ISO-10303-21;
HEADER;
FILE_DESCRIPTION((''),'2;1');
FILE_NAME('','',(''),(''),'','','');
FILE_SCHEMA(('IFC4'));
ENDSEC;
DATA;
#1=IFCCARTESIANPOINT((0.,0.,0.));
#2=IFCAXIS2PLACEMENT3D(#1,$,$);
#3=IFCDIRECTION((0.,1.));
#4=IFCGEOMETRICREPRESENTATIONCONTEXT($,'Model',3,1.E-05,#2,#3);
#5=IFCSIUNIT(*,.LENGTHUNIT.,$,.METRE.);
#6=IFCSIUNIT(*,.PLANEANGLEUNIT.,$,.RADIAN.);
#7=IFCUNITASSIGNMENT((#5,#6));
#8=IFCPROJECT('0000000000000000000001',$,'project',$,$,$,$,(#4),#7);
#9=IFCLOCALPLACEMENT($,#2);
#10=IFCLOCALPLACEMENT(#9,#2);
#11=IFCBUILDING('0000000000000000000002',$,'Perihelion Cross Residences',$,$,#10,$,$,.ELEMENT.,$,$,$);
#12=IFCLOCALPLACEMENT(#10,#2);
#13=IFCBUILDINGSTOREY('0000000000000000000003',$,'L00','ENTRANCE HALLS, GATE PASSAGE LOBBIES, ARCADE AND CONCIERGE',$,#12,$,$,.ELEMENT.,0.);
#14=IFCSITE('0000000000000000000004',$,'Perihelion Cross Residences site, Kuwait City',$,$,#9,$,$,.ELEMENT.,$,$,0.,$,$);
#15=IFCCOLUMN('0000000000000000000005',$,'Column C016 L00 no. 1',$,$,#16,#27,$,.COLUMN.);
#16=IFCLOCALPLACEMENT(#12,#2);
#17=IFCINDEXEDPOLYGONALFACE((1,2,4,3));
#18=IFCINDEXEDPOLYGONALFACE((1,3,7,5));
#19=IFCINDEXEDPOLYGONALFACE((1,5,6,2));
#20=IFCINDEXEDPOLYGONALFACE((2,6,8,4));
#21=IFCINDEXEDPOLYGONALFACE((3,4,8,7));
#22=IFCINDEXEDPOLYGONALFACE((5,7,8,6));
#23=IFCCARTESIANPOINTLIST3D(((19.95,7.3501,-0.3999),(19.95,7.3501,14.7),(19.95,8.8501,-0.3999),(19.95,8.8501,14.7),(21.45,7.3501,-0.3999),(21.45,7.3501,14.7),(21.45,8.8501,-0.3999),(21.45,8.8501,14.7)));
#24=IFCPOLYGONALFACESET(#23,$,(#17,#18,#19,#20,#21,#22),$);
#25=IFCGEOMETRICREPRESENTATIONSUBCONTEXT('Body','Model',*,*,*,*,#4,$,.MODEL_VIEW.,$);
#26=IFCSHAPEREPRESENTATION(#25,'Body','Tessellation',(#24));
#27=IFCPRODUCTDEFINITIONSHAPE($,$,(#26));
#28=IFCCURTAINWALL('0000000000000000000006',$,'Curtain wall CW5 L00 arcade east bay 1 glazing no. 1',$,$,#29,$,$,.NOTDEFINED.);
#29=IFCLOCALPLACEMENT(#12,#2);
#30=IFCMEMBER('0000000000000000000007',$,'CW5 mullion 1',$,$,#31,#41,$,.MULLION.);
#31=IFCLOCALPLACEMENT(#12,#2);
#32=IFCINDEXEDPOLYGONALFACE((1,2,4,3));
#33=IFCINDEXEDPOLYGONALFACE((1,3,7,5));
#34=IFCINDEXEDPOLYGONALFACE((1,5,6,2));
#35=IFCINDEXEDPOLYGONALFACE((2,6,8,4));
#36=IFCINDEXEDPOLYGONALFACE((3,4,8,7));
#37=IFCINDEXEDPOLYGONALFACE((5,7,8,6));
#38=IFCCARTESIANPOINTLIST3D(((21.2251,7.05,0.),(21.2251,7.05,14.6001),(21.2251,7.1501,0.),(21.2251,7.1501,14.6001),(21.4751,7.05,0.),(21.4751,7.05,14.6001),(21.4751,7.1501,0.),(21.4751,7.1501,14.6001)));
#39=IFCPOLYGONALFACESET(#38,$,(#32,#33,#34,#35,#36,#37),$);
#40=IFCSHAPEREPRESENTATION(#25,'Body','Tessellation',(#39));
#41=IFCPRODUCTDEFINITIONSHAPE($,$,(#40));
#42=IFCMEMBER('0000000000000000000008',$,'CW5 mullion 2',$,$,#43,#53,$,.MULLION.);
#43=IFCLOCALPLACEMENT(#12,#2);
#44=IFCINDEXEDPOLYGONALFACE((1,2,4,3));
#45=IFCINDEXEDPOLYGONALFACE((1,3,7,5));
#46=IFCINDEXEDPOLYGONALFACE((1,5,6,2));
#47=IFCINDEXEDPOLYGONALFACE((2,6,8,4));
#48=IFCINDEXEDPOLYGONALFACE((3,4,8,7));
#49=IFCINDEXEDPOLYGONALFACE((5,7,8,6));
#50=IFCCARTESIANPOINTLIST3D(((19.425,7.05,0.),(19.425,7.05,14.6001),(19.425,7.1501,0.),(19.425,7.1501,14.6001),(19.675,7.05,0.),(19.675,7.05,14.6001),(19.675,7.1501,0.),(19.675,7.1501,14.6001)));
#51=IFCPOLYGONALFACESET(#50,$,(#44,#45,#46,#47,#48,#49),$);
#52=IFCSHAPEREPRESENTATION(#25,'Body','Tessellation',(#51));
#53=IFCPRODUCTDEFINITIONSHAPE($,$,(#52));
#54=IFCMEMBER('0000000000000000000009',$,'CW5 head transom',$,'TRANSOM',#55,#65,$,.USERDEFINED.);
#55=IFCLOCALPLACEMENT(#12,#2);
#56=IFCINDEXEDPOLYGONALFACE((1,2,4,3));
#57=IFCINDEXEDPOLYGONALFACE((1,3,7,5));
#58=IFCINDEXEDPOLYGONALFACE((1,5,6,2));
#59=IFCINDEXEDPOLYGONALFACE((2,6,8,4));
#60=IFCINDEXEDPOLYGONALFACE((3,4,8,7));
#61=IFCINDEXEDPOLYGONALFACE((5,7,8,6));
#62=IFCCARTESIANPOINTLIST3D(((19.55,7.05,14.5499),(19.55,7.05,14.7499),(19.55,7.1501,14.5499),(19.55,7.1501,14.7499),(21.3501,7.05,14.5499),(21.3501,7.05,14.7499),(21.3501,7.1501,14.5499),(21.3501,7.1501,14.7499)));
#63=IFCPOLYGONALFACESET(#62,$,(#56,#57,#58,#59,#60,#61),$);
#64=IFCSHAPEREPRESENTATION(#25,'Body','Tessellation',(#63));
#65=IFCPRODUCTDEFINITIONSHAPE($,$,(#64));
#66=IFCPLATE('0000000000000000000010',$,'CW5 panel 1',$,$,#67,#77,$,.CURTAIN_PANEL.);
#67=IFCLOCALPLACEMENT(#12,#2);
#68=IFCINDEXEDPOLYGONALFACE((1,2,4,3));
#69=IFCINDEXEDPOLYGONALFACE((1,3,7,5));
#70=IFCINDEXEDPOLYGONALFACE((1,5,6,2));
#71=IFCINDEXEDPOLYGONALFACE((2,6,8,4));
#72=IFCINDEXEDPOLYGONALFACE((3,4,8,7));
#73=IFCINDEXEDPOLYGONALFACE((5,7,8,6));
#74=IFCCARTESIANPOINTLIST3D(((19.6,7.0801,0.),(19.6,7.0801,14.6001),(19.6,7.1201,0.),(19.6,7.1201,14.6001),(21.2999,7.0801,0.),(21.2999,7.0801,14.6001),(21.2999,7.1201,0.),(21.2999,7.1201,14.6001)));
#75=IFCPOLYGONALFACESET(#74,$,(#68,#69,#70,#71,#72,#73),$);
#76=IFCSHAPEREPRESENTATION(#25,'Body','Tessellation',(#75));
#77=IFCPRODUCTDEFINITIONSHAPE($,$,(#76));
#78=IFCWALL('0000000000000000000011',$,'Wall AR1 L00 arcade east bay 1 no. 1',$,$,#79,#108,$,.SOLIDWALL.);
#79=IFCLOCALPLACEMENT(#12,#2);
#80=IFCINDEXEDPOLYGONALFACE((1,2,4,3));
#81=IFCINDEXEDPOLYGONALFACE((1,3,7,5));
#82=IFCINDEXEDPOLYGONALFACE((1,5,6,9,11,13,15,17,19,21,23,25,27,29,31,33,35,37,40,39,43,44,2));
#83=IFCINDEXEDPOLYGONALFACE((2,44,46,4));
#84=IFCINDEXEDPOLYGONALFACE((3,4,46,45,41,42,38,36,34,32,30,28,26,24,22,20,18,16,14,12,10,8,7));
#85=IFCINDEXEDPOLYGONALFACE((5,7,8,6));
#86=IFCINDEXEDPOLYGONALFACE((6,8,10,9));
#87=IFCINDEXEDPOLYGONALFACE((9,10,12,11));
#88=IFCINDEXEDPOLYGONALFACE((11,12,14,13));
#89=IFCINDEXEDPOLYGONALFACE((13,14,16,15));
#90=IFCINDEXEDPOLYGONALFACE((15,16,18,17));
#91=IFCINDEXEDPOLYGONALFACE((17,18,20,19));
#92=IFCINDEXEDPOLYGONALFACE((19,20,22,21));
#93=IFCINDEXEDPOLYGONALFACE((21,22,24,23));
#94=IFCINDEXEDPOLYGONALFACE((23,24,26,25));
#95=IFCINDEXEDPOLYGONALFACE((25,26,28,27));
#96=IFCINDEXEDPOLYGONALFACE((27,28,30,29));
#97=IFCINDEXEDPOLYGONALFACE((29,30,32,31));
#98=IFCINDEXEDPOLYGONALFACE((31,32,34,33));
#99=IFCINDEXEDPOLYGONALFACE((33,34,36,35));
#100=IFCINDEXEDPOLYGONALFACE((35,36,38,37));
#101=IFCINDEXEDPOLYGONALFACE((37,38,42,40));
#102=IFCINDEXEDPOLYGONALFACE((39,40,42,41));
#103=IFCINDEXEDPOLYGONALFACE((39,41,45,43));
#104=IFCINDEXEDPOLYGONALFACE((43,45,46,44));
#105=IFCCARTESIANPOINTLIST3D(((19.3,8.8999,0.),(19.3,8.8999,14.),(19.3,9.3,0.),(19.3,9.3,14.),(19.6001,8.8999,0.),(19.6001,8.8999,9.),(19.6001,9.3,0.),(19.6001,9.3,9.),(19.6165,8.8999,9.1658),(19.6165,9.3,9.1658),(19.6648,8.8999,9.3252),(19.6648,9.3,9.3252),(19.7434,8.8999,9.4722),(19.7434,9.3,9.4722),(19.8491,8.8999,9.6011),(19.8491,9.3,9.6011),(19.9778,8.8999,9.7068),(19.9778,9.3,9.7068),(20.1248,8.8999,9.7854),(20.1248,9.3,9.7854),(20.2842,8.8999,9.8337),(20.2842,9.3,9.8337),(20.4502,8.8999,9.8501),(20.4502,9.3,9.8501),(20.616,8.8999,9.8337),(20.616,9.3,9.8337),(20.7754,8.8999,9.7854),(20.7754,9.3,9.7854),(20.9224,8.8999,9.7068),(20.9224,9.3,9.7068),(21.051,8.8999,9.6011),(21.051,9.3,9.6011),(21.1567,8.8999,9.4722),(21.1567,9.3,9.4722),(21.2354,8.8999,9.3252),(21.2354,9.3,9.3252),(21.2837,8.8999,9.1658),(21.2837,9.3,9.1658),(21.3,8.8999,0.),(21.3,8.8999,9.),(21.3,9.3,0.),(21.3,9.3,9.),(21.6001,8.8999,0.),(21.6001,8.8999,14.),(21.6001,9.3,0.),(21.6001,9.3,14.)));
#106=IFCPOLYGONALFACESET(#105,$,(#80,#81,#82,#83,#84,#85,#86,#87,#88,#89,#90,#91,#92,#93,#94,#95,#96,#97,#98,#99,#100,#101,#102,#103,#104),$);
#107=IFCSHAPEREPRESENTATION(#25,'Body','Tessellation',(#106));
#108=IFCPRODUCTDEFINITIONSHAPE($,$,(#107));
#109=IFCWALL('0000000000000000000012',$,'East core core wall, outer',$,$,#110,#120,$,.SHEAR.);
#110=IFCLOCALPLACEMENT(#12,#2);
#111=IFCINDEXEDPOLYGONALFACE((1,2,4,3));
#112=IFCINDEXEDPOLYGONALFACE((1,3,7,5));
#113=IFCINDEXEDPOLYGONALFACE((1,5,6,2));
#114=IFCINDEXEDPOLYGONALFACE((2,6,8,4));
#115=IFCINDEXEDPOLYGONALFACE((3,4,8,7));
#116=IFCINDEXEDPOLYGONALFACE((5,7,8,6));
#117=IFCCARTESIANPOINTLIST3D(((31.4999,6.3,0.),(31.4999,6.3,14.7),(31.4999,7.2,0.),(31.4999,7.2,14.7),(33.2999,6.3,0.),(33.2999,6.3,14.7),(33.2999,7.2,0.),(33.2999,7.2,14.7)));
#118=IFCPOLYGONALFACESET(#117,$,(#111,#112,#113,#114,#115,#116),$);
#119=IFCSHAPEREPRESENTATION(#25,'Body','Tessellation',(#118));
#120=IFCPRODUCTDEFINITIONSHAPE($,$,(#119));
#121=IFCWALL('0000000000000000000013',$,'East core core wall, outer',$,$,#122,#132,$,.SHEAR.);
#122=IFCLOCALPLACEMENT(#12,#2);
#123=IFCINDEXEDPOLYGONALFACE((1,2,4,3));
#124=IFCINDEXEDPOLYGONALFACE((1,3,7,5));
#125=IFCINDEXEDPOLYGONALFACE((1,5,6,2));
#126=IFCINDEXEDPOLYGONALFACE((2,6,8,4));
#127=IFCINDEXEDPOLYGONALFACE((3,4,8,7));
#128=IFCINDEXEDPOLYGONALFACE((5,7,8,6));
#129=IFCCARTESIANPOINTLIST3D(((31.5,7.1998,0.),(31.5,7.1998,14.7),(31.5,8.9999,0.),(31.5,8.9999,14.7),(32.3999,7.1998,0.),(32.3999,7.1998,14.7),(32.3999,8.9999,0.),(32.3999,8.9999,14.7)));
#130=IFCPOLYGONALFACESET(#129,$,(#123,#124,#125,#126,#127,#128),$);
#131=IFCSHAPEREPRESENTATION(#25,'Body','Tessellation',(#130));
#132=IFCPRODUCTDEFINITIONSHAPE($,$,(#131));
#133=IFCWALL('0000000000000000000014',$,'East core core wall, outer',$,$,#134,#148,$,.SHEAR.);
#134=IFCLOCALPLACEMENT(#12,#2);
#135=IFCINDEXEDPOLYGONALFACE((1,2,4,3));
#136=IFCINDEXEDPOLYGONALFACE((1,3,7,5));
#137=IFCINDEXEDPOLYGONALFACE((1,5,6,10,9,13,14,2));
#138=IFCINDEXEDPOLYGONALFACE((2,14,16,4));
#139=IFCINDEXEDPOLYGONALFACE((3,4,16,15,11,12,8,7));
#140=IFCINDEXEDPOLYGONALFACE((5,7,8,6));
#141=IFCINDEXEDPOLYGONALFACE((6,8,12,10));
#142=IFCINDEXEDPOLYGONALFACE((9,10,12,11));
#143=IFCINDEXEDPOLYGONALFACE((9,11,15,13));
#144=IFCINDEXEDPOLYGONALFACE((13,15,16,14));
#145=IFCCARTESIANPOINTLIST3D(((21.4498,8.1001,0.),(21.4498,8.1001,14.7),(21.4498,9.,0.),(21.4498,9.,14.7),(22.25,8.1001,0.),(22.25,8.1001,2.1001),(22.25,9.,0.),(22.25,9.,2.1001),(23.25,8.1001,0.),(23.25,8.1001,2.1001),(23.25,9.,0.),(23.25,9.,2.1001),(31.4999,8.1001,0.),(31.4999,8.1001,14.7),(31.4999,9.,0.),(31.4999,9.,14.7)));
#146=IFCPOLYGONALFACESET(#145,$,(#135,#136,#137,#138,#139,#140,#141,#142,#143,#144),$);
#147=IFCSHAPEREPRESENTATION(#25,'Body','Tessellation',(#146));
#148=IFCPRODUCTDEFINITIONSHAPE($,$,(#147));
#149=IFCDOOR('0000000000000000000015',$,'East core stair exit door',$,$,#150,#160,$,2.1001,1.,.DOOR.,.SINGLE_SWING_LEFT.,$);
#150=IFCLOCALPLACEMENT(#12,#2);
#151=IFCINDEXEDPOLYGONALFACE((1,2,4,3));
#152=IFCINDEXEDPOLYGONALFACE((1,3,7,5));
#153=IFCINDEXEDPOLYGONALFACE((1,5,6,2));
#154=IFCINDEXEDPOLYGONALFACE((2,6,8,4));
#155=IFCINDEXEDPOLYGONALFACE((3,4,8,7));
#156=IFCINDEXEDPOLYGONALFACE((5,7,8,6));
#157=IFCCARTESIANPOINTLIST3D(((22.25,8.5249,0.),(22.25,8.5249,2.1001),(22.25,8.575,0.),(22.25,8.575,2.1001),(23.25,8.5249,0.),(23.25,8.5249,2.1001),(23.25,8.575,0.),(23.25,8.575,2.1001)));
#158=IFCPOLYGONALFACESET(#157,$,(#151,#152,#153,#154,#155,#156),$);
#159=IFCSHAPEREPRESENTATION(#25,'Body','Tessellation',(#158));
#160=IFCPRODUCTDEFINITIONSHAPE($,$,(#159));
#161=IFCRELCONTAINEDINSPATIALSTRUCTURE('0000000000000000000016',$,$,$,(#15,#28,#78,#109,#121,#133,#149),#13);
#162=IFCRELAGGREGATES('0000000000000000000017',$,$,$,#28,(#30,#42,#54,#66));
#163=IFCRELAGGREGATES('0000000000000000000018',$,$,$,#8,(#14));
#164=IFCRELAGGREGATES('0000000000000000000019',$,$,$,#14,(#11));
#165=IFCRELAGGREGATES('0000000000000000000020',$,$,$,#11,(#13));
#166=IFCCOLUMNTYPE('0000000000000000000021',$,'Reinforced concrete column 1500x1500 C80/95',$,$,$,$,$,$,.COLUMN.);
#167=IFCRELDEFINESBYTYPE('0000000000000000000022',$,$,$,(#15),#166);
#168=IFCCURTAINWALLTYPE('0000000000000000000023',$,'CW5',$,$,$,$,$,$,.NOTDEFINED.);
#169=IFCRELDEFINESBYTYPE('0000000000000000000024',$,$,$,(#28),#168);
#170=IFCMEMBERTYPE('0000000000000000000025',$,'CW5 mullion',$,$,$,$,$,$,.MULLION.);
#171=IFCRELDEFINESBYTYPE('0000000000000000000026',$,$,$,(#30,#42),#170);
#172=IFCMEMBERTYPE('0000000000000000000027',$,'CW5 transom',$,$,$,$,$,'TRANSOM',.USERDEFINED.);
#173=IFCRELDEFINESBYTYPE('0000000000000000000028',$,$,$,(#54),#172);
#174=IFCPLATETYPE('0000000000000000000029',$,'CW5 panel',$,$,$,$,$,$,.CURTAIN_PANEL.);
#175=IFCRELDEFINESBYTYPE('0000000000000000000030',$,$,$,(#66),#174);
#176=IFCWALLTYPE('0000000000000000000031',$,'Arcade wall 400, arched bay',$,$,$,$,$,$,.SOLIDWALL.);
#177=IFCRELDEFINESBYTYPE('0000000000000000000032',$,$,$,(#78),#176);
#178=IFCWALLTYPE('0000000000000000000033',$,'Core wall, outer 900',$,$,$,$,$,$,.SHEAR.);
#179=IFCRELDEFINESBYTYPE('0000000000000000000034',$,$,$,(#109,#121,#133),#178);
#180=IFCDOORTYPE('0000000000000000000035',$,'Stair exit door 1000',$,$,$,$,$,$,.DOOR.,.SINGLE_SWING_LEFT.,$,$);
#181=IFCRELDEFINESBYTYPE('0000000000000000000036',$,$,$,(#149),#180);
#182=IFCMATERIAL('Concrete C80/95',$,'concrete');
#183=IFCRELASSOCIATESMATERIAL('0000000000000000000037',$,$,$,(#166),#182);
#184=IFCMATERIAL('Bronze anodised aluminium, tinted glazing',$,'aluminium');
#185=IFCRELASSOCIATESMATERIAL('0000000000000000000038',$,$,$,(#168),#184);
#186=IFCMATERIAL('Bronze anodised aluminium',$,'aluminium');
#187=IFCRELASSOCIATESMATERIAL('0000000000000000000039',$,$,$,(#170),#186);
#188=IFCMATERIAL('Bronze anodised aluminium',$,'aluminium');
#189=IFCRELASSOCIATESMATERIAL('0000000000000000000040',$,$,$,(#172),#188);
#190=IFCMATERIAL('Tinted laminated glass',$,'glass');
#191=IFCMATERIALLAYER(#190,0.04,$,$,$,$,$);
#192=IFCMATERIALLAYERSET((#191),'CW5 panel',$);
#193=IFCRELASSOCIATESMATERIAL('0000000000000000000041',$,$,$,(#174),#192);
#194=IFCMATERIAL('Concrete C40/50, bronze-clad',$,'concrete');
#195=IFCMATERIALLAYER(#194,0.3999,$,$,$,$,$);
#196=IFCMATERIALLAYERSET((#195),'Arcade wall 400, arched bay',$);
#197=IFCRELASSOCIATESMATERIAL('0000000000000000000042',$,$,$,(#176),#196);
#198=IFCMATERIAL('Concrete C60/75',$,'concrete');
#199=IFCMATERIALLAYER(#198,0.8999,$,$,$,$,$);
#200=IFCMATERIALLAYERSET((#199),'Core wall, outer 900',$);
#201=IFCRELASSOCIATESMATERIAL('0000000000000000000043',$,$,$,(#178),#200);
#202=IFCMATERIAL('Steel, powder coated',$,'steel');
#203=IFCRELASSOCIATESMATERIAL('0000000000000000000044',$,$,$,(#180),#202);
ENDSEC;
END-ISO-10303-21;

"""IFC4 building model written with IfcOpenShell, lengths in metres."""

from ifc_helpers import new_model, si_unit, direction, frame, frame_2d, origin, origin_2d, place, context, subcontext, project, spatial, polyline, rectangle, outline, extrude, material, layer, layer_set, material_profile, profile_set, type_object, element, fill, aggregate, save


model = new_model("IFC4")

# Units and contexts
model_context = context("Model", 3, precision=1e-05, world=origin(), true_north=direction((0.0, 1.0)))
body_context = subcontext(model_context, "Body", "Model", "MODEL_VIEW")
ifc_project = project(units=[si_unit("LENGTHUNIT", "METRE"), si_unit("PLANEANGLEUNIT", "RADIAN")], contexts=[model_context])

# Site, building, storey
site_placement = place(None, origin())
site = spatial("IfcSite", under=ifc_project, at=site_placement, Name="Perihelion Cross Residences site, Kuwait City", CompositionType="ELEMENT", RefElevation=0.0)
building_placement = place(site_placement, origin())
building = spatial("IfcBuilding", under=site, at=building_placement, Name="Perihelion Cross Residences", CompositionType="ELEMENT")
storey_placement = place(building_placement, origin())
storey = spatial("IfcBuildingStorey", under=building, at=storey_placement, Name="L00", Description="ENTRANCE HALLS, GATE PASSAGE LOBBIES, ARCADE AND CONCIERGE", CompositionType="ELEMENT", Elevation=0.0)

# Column
ifc_material_1 = material(Name="Concrete C80/95", Category="concrete")
ifc_material_profile_1 = material_profile(ifc_material_1, rectangle(XDim=1.5, YDim=1.5, at=origin_2d()), Name="RC 1500x1500")
ifc_profile_set_1 = profile_set([ifc_material_profile_1], Name="Concrete C80/95")
column_type = type_object("IfcColumnType", Name="Reinforced concrete column 1500x1500 C80/95", PredefinedType="COLUMN", material=ifc_profile_set_1)
column_placement = place(storey_placement, frame((20.7, 8.1001, -0.3999), z_axis=(0.0, 0.0, 1.0), x_axis=(1.0, 0.0, 0.0)))
element("IfcColumn", 1, at=column_placement, inside=storey, type_object=column_type, Name="Column C016 L00 no. 1", PredefinedType="COLUMN", context=body_context, shape_type="SweptSolid", body=[
    extrude(rectangle(XDim=1.5, YDim=1.5, at=origin_2d()), origin(), (0.0, 0.0, 1.0), 15.0999),
])

# Curtain wall, members, plate
ifc_material_2 = material(Name="Bronze anodised aluminium, tinted glazing", Category="aluminium")
curtain_wall_type = type_object("IfcCurtainWallType", Name="CW5", PredefinedType="NOTDEFINED", material=ifc_material_2)
curtain_wall_placement = place(storey_placement, origin())
curtain_wall = element("IfcCurtainWall", 2, at=curtain_wall_placement, inside=storey, type_object=curtain_wall_type, Name="Curtain wall CW5 L00 arcade east bay 1 glazing no. 1", PredefinedType="NOTDEFINED")
ifc_material_3 = material(Name="Bronze anodised aluminium", Category="aluminium")
ifc_material_profile_2 = material_profile(ifc_material_3, rectangle(XDim=0.1001, YDim=0.25, at=origin_2d()), Name="CW5 mullion")
ifc_profile_set_2 = profile_set([ifc_material_profile_2], Name="Bronze anodised aluminium")
member_type_1 = type_object("IfcMemberType", Name="CW5 mullion", PredefinedType="MULLION", material=ifc_profile_set_2)
member_1_placement = place(storey_placement, frame((21.3501, 7.1001, 0.0), z_axis=(0.0, 0.0, 1.0), x_axis=(0.0, -1.0, 0.0)))
member_1 = element("IfcMember", 3, at=member_1_placement, type_object=member_type_1, Name="CW5 mullion 1", PredefinedType="MULLION", context=body_context, shape_type="SweptSolid", body=[
    extrude(rectangle(XDim=0.1001, YDim=0.25, at=origin_2d()), origin(), (0.0, 0.0, 1.0), 14.6001),
])
member_2_placement = place(storey_placement, frame((19.55, 7.1001, 0.0), z_axis=(0.0, 0.0, 1.0), x_axis=(0.0, -1.0, 0.0)))
member_2 = element("IfcMember", 4, at=member_2_placement, type_object=member_type_1, Name="CW5 mullion 2", PredefinedType="MULLION", context=body_context, shape_type="SweptSolid", body=[
    extrude(rectangle(XDim=0.1001, YDim=0.25, at=origin_2d()), origin(), (0.0, 0.0, 1.0), 14.6001),
])
ifc_material_4 = material(Name="Bronze anodised aluminium", Category="aluminium")
ifc_material_profile_3 = material_profile(ifc_material_4, rectangle(XDim=0.1001, YDim=0.2, at=origin_2d()), Name="CW5 transom")
ifc_profile_set_3 = profile_set([ifc_material_profile_3], Name="Bronze anodised aluminium")
member_type_2 = type_object("IfcMemberType", Name="CW5 transom", ElementType="TRANSOM", PredefinedType="USERDEFINED", material=ifc_profile_set_3)
member_3_placement = place(storey_placement, frame((21.3501, 7.1001, 14.6499), z_axis=(-1.0, 0.0, 0.0), x_axis=(0.0, -1.0, 0.0)))
member_3 = element("IfcMember", 5, at=member_3_placement, type_object=member_type_2, Name="CW5 head transom", ObjectType="TRANSOM", PredefinedType="USERDEFINED", context=body_context, shape_type="SweptSolid", body=[
    extrude(rectangle(XDim=0.1001, YDim=0.2, at=origin_2d()), origin(), (0.0, 0.0, 1.0), 1.8),
])
ifc_material_5 = material(Name="Tinted laminated glass", Category="glass")
ifc_layer_1 = layer(ifc_material_5, 0.04)
ifc_layer_set_1 = layer_set([ifc_layer_1], Name="CW5 panel")
plate_type = type_object("IfcPlateType", Name="CW5 panel", PredefinedType="CURTAIN_PANEL", material=ifc_layer_set_1)
plate_placement = place(storey_placement, frame((20.45, 7.1001, 0.0), z_axis=(0.0, 0.0, 1.0), x_axis=(-1.0, 0.0, 0.0)))
plate = element("IfcPlate", 6, at=plate_placement, type_object=plate_type, Name="CW5 panel 1", PredefinedType="CURTAIN_PANEL", context=body_context, shape_type="SweptSolid", body=[
    extrude(rectangle(XDim=1.7, YDim=0.04, at=origin_2d()), origin(), (0.0, 0.0, 1.0), 14.6001),
])
aggregate(curtain_wall, [member_1, member_2, member_3, plate])

# Walls
ifc_material_6 = material(Name="Concrete C40/50, bronze-clad", Category="concrete")
ifc_layer_2 = layer(ifc_material_6, 0.3999)
ifc_layer_set_2 = layer_set([ifc_layer_2], Name="Arcade wall 400, arched bay")
wall_type_1 = type_object("IfcWallType", Name="Arcade wall 400, arched bay", PredefinedType="SOLIDWALL", material=ifc_layer_set_2)
wall_1_placement = place(storey_placement, frame((21.6001, 8.8999, 0.0), z_axis=(0.0, 1.0, 0.0), x_axis=(-1.0, 0.0, 0.0)))
element("IfcWall", 7, at=wall_1_placement, inside=storey, type_object=wall_type_1, Name="Wall AR1 L00 arcade east bay 1 no. 1", PredefinedType="SOLIDWALL", context=body_context, shape_type="SweptSolid", body=[
    extrude(outline(polyline([(0.0, 0.0), (0.3, 0.0), (0.3, 9.0), (0.3164, 9.1658), (0.3647, 9.3252), (0.4434, 9.4722), (0.5491, 9.6011), (0.6777, 9.7068), (0.8247, 9.7854), (0.9841, 9.8337), (1.1499, 9.8501), (1.3159, 9.8337), (1.4753, 9.7854), (1.6223, 9.7068), (1.751, 9.6011), (1.8567, 9.4722), (1.9353, 9.3252), (1.9836, 9.1658), (2.0, 9.0), (2.0, 0.0), (2.3, 0.0), (2.3, 14.0), (0.0, 14.0), (0.0, 0.0)])), origin(), (0.0, 0.0, 1.0), 0.4001),
])
ifc_material_7 = material(Name="Concrete C60/75", Category="concrete")
ifc_layer_3 = layer(ifc_material_7, 0.8999)
ifc_layer_set_3 = layer_set([ifc_layer_3], Name="Core wall, outer 900")
wall_type_2 = type_object("IfcWallType", Name="Core wall, outer 900", PredefinedType="SHEAR", material=ifc_layer_set_3)
for number, where, z_axis, x_axis, name in (
    (8, (31.5, 6.75, 0.0), (0.0, 0.0, 1.0), (1.0, 0.0, 0.0), "East core core wall, outer"),
    (9, (31.95, 7.2, 0.0), (0.0, 0.0, 1.0), (0.0, 1.0, 0.0), "East core core wall, outer"),
):
    element("IfcWall", number, at=place(storey_placement, frame(where, z_axis=z_axis, x_axis=x_axis)), inside=storey, type_object=wall_type_2, Name=name, PredefinedType="SHEAR", context=body_context, shape_type="SweptSolid", body=[
        extrude(rectangle(XDim=1.8, YDim=0.8999, at=frame_2d((0.8999, 0.0))), origin(), (0.0, 0.0, 1.0), 14.7),
    ])

# Wall, opening, door
wall_2_placement = place(storey_placement, frame((21.45, 8.55, 0.0), z_axis=(0.0, 0.0, 1.0), x_axis=(1.0, 0.0, 0.0)))
wall_2 = element("IfcWall", 10, at=wall_2_placement, inside=storey, type_object=wall_type_2, Name="East core core wall, outer", PredefinedType="SHEAR", context=body_context, shape_type="SweptSolid", body=[
    extrude(rectangle(XDim=10.05, YDim=0.8999, at=frame_2d((5.0249, 0.0))), origin(), (0.0, 0.0, 1.0), 14.7),
])
opening_placement = place(wall_2_placement, frame((0.8, 0.0, 0.0)))
opening = element("IfcOpeningElement", 11, at=opening_placement, cuts=wall_2, PredefinedType="OPENING", context=body_context, shape_type="SweptSolid", body=[
    extrude(rectangle(XDim=1.0, YDim=2.1001, at=frame_2d((0.5, 1.05))), frame((0.0, 0.46, 0.0), z_axis=(0.0, -1.0, 0.0), x_axis=(1.0, 0.0, 0.0)), (0.0, 0.0, 1.0), 0.9199),
])
ifc_material_8 = material(Name="Steel, powder coated", Category="steel")
door_type = type_object("IfcDoorType", Name="Stair exit door 1000", OperationType="SINGLE_SWING_LEFT", PredefinedType="DOOR", material=ifc_material_8)
door_placement = place(opening_placement, origin())
door = element("IfcDoor", 12, at=door_placement, inside=storey, type_object=door_type, Name="East core stair exit door", OperationType="SINGLE_SWING_LEFT", OverallHeight=2.1001, OverallWidth=1.0, PredefinedType="DOOR", context=body_context, shape_type="SweptSolid", body=[
    extrude(rectangle(XDim=1.0, YDim=2.1001, at=frame_2d((0.5, 1.05))), frame((0.0, 0.0249, 0.0), z_axis=(0.0, -1.0, 0.0), x_axis=(1.0, 0.0, 0.0)), (0.0, 0.0, 1.0), 0.05),
])
fill(opening, door)

save(model, "model.ifc")
